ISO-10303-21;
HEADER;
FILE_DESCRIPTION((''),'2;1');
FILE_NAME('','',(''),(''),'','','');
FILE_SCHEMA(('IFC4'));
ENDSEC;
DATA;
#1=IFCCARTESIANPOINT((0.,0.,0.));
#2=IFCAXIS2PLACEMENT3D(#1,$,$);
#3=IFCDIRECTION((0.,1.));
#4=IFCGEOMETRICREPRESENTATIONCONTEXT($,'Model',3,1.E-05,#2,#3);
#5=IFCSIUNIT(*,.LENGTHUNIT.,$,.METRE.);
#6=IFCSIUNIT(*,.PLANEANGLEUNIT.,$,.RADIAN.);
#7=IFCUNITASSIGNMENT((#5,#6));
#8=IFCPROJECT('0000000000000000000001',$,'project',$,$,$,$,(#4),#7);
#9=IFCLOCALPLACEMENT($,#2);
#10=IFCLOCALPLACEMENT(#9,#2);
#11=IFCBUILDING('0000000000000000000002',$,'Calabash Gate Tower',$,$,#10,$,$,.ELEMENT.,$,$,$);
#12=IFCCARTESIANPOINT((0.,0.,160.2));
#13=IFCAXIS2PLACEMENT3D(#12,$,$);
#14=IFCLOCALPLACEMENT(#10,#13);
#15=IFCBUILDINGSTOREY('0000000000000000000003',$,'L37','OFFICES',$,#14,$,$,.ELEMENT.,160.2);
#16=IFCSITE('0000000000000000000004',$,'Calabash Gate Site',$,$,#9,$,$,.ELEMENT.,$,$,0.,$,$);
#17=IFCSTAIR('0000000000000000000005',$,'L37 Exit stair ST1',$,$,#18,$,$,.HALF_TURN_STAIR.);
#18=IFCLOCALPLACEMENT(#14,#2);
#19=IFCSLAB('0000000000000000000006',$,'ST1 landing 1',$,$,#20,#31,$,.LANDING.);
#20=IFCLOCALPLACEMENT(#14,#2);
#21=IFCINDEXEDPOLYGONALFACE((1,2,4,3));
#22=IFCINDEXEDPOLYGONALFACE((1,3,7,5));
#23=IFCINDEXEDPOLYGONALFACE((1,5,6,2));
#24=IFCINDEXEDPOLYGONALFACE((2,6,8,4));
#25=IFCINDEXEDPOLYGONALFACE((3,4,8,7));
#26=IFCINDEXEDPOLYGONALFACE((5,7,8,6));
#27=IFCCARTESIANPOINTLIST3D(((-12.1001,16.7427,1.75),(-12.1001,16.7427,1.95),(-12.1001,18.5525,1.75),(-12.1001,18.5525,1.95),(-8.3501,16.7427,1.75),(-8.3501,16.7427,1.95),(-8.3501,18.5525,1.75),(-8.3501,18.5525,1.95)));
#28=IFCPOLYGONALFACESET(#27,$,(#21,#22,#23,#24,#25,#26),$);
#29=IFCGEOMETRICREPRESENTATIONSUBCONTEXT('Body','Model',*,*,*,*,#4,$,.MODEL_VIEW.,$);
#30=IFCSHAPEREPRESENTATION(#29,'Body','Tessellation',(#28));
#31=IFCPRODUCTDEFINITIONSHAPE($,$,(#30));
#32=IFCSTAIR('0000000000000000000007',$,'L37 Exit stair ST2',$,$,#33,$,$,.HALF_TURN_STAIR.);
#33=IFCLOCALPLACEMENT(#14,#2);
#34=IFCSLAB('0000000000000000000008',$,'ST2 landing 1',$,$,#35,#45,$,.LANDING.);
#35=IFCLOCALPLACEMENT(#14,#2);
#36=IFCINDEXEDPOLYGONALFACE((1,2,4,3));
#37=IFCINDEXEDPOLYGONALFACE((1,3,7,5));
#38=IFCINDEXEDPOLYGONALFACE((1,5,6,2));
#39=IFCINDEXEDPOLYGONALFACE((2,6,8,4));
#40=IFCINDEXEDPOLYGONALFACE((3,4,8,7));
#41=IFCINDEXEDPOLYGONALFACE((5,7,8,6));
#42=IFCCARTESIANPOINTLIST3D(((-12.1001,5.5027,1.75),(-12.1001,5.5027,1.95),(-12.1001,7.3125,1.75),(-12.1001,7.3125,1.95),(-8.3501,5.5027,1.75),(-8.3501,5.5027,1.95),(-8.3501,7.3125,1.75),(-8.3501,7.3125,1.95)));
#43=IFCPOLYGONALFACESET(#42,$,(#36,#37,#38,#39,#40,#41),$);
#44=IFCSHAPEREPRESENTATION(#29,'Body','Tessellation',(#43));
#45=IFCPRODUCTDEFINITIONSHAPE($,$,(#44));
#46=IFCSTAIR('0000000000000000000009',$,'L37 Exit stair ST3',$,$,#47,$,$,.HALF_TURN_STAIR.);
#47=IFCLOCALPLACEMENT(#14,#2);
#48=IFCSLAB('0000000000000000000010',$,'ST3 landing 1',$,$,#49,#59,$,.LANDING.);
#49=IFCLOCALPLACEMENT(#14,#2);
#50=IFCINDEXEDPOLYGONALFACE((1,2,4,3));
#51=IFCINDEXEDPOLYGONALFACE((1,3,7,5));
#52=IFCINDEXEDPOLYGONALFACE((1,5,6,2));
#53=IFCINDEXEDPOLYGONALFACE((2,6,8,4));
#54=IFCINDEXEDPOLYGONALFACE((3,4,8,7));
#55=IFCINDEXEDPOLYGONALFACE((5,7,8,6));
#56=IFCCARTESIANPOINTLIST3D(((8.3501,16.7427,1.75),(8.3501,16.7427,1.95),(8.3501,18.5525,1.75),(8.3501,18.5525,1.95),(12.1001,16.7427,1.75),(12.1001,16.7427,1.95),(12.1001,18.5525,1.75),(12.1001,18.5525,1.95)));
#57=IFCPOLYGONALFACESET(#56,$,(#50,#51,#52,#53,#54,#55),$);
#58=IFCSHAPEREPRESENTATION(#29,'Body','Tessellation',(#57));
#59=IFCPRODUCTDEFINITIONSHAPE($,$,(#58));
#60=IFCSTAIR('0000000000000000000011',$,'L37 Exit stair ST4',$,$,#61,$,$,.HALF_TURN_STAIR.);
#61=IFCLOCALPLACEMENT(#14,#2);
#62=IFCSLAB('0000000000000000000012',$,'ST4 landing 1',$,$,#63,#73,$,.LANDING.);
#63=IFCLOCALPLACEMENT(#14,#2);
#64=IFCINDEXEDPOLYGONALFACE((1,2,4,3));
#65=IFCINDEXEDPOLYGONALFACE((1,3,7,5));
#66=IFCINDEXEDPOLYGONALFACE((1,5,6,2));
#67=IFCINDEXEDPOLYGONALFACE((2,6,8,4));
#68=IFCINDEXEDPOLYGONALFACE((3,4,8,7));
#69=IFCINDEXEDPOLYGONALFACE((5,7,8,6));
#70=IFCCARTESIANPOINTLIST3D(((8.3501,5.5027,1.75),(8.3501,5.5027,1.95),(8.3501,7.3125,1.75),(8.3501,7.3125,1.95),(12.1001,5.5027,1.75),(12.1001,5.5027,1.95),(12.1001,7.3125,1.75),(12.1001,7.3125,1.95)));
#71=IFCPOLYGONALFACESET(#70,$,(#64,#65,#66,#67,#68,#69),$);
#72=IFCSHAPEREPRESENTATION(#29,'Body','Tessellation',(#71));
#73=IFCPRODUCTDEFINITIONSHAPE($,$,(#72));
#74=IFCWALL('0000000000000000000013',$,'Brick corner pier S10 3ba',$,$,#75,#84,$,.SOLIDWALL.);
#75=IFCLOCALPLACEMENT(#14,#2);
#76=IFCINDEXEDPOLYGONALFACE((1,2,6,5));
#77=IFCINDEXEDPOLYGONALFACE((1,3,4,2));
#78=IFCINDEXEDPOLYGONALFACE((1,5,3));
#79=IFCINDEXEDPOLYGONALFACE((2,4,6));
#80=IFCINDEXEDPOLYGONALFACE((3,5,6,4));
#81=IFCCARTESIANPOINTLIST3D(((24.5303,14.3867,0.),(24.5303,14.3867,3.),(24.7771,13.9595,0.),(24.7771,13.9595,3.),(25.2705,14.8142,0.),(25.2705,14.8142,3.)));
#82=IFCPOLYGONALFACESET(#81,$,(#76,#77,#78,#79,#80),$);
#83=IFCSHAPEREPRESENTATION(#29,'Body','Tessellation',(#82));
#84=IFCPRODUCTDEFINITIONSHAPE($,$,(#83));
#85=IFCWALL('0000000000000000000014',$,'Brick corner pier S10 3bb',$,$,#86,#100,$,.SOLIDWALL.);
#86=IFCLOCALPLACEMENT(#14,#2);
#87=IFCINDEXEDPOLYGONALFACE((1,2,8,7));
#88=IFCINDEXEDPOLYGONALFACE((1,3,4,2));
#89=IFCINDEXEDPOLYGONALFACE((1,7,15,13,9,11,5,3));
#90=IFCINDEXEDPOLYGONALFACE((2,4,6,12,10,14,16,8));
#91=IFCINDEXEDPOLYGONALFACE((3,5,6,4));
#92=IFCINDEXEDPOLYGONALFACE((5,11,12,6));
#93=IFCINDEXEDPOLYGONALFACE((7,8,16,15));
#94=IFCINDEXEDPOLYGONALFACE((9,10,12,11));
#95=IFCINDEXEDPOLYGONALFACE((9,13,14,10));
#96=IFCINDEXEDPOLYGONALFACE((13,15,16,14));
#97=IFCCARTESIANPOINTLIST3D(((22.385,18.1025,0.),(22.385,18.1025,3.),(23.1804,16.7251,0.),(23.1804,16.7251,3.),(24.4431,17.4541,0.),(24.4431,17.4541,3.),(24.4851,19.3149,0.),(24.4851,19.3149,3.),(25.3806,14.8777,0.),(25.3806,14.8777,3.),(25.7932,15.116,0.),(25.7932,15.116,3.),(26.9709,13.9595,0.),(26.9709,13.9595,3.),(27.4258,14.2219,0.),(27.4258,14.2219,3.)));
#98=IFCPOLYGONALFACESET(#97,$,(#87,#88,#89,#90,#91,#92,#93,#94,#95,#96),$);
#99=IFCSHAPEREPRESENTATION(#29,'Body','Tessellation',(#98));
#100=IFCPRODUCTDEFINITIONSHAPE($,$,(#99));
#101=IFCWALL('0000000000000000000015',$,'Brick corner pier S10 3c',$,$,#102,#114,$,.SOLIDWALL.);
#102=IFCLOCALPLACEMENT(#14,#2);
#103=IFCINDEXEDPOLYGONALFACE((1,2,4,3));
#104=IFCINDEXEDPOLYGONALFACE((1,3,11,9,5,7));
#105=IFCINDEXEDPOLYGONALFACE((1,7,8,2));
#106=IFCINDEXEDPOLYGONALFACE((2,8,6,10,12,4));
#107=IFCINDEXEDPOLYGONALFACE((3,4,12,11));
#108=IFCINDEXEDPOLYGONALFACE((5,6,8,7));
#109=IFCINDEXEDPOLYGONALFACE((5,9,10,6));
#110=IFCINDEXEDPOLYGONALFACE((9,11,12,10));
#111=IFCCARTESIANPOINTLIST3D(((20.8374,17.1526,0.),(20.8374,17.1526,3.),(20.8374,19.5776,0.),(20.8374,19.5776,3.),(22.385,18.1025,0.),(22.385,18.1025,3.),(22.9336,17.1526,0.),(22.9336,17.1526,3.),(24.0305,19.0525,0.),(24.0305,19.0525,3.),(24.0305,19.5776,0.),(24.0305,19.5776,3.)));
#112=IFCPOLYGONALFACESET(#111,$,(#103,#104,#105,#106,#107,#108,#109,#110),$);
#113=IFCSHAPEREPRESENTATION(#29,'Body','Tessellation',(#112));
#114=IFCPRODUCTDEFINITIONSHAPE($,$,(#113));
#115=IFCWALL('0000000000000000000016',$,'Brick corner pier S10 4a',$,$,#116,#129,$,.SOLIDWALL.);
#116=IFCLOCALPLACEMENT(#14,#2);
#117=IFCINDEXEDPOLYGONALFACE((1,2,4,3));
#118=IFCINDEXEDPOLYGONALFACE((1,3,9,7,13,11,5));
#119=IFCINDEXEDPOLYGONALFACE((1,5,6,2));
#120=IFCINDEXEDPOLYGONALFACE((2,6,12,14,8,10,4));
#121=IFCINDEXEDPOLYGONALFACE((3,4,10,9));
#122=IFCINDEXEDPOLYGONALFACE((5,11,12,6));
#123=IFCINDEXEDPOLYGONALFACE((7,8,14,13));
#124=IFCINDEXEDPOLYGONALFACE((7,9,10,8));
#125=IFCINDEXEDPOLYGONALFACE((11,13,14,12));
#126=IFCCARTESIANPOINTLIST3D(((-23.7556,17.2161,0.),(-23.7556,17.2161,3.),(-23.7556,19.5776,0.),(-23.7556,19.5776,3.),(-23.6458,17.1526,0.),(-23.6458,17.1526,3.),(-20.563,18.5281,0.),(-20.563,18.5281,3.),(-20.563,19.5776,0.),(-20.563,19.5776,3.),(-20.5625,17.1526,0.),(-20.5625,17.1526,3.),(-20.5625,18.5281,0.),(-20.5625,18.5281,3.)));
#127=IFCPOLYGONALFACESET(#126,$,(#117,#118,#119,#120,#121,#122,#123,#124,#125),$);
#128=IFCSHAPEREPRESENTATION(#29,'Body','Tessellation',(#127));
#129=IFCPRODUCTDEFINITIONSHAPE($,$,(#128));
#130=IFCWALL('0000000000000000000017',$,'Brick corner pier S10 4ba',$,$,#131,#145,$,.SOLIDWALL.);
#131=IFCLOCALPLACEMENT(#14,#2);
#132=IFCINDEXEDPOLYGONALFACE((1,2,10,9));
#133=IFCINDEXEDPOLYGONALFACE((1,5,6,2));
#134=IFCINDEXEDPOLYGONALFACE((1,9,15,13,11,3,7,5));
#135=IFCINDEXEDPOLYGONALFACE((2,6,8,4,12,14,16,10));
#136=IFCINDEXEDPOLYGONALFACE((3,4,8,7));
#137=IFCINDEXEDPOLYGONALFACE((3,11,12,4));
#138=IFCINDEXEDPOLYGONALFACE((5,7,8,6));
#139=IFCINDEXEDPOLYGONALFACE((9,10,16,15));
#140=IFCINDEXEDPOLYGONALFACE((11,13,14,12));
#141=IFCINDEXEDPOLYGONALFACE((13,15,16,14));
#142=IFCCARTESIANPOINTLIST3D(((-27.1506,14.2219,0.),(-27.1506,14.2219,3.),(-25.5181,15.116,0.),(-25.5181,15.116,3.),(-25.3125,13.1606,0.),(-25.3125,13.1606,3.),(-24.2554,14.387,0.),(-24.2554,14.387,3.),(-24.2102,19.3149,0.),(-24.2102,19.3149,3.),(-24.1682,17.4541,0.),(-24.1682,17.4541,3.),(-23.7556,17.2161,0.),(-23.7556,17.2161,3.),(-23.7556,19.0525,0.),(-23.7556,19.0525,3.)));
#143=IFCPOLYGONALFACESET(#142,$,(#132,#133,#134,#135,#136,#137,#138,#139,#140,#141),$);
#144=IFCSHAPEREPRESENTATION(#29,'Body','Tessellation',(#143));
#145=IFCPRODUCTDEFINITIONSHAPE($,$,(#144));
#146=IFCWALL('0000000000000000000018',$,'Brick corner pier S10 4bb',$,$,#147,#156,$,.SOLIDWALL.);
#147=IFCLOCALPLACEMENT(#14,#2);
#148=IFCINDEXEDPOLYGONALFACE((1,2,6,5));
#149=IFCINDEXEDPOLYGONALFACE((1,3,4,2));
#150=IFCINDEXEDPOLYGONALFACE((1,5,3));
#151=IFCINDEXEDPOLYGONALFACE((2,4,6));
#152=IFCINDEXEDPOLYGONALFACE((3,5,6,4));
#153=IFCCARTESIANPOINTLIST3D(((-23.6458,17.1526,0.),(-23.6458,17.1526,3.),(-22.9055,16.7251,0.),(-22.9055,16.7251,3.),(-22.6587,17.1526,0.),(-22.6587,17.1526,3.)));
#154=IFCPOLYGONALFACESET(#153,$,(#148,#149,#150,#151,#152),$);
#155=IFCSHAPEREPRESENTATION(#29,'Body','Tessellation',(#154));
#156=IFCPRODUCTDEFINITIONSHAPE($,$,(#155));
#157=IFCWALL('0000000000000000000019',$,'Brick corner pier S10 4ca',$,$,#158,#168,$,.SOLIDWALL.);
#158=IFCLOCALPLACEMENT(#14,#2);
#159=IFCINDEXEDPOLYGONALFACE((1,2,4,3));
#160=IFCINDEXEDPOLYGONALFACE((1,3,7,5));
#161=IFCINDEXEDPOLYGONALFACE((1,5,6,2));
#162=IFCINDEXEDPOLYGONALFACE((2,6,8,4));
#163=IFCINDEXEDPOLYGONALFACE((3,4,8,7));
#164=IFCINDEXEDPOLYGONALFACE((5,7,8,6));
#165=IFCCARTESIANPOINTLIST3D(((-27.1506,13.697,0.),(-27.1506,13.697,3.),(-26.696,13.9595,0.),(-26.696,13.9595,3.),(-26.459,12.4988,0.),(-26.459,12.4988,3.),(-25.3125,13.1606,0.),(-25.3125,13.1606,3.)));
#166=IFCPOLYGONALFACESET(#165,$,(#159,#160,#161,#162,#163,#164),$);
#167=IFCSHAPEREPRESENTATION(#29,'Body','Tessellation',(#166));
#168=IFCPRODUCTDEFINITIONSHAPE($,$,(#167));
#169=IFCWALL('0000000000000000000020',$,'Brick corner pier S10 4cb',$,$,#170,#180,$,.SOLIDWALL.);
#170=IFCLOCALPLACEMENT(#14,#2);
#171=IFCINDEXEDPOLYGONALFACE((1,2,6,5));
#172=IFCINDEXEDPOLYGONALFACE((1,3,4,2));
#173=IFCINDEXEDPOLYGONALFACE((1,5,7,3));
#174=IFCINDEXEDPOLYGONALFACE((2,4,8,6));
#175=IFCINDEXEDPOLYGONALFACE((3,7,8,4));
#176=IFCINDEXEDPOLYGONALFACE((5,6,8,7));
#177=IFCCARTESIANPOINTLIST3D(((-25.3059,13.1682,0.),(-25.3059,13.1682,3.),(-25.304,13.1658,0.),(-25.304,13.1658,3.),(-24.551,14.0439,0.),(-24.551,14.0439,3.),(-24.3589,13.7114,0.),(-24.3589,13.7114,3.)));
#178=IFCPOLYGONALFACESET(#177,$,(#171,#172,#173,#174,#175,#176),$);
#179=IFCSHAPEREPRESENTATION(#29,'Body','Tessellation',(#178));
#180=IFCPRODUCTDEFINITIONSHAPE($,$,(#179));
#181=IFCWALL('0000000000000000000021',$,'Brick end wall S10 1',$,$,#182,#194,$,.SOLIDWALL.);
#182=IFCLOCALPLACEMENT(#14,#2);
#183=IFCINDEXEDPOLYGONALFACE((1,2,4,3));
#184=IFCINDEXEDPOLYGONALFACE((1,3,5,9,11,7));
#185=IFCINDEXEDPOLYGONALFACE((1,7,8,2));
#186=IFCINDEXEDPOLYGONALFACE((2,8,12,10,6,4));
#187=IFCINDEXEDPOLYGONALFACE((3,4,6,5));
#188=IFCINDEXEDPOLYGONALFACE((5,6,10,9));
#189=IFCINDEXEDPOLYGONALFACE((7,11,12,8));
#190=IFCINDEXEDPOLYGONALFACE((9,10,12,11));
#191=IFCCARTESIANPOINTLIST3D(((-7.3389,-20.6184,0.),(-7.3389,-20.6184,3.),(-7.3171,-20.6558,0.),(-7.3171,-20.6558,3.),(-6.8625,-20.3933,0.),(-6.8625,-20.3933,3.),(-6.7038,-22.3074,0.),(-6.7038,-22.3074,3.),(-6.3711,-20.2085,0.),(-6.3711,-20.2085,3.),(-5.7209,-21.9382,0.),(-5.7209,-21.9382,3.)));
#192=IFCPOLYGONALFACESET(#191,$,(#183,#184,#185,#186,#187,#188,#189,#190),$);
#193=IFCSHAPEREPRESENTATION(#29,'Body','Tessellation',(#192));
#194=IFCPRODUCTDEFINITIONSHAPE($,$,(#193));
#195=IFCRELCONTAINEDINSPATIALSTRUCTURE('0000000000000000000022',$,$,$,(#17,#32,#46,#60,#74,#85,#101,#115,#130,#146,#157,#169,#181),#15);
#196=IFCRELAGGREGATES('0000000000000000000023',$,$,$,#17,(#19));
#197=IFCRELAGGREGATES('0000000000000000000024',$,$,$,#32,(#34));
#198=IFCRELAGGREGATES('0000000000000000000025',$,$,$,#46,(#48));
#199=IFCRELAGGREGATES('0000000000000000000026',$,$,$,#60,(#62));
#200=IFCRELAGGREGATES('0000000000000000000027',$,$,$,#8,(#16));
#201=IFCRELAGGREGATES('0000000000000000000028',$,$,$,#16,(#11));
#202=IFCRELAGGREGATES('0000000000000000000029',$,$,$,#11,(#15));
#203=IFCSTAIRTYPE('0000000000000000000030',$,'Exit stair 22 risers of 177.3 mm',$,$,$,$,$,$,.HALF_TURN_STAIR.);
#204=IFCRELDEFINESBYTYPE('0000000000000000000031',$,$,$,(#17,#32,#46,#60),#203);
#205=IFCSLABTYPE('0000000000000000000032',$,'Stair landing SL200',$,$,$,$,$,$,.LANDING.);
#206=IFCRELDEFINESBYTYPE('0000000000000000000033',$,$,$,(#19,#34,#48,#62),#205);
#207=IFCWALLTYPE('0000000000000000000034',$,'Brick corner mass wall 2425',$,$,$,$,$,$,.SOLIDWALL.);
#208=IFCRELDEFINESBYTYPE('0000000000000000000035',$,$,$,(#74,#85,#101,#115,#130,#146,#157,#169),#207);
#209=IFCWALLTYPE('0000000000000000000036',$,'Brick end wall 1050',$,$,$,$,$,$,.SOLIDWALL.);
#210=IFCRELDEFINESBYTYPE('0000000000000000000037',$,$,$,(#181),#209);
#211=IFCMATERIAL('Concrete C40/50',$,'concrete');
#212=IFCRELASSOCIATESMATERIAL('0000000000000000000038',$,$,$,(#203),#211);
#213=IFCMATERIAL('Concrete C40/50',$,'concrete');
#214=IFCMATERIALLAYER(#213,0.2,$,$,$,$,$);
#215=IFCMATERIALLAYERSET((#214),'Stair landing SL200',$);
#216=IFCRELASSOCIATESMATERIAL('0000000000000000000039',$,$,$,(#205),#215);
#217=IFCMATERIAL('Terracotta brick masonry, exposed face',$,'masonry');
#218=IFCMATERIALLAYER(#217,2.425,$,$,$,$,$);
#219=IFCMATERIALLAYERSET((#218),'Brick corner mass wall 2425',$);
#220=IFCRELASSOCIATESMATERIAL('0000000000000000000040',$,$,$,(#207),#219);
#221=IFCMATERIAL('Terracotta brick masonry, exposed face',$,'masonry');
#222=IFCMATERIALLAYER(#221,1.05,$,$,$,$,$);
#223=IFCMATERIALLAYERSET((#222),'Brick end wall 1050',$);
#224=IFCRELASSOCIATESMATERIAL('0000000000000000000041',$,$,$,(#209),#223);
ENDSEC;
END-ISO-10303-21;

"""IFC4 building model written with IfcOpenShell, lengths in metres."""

from ifc_helpers import new_model, si_unit, direction, frame, origin, place, context, subcontext, project, spatial, polyline, outline, extrude, material, layer, layer_set, type_object, element, aggregate, save


model = new_model("IFC4")

# Units and contexts
model_context = context("Model", 3, precision=1e-05, world=origin(), true_north=direction((0.0, 1.0)))
body_context = subcontext(model_context, "Body", "Model", "MODEL_VIEW")
ifc_project = project(units=[si_unit("LENGTHUNIT", "METRE"), si_unit("PLANEANGLEUNIT", "RADIAN")], contexts=[model_context])

# Site, building, storey
site_placement = place(None, origin())
site = spatial("IfcSite", under=ifc_project, at=site_placement, Name="Calabash Gate Site", CompositionType="ELEMENT", RefElevation=0.0)
building_placement = place(site_placement, origin())
building = spatial("IfcBuilding", under=site, at=building_placement, Name="Calabash Gate Tower", CompositionType="ELEMENT")
storey_placement = place(building_placement, frame((0.0, 0.0, 160.2)))
storey = spatial("IfcBuildingStorey", under=building, at=storey_placement, Name="L37", Description="OFFICES", CompositionType="ELEMENT", Elevation=160.2)

# Stairs, slabs
ifc_material_1 = material(Name="Concrete C40/50", Category="concrete")
stair_type = type_object("IfcStairType", Name="Exit stair 22 risers of 177.3 mm", PredefinedType="HALF_TURN_STAIR", material=ifc_material_1)
stair_1_placement = place(storey_placement, origin())
stair_1 = element("IfcStair", 1, at=stair_1_placement, inside=storey, type_object=stair_type, Name="L37 Exit stair ST1", PredefinedType="HALF_TURN_STAIR")
ifc_material_2 = material(Name="Concrete C40/50", Category="concrete")
ifc_layer_1 = layer(ifc_material_2, 0.2)
ifc_layer_set_1 = layer_set([ifc_layer_1], Name="Stair landing SL200")
slab_type = type_object("IfcSlabType", Name="Stair landing SL200", PredefinedType="LANDING", material=ifc_layer_set_1)
slab_1_placement = place(storey_placement, frame((0.0, 0.0, 1.75)))
slab_1 = element("IfcSlab", 2, at=slab_1_placement, type_object=slab_type, Name="ST1 landing 1", PredefinedType="LANDING", context=body_context, shape_type="SweptSolid", body=[
    extrude(outline(polyline([(-8.3501, 16.7427), (-8.3501, 18.5525), (-12.1001, 18.5525), (-12.1001, 16.7427), (-8.3501, 16.7427)])), origin(), (0.0, 0.0, 1.0), 0.2),
])
aggregate(stair_1, [slab_1])
stair_2_placement = place(storey_placement, origin())
stair_2 = element("IfcStair", 3, at=stair_2_placement, inside=storey, type_object=stair_type, Name="L37 Exit stair ST2", PredefinedType="HALF_TURN_STAIR")
slab_2_placement = place(storey_placement, frame((0.0, 0.0, 1.75)))
slab_2 = element("IfcSlab", 4, at=slab_2_placement, type_object=slab_type, Name="ST2 landing 1", PredefinedType="LANDING", context=body_context, shape_type="SweptSolid", body=[
    extrude(outline(polyline([(-12.1001, 7.3125), (-12.1001, 5.5027), (-8.3501, 5.5027), (-8.3501, 7.3125), (-12.1001, 7.3125)])), origin(), (0.0, 0.0, 1.0), 0.2),
])
aggregate(stair_2, [slab_2])
stair_3_placement = place(storey_placement, origin())
stair_3 = element("IfcStair", 5, at=stair_3_placement, inside=storey, type_object=stair_type, Name="L37 Exit stair ST3", PredefinedType="HALF_TURN_STAIR")
slab_3_placement = place(storey_placement, frame((0.0, 0.0, 1.75)))
slab_3 = element("IfcSlab", 6, at=slab_3_placement, type_object=slab_type, Name="ST3 landing 1", PredefinedType="LANDING", context=body_context, shape_type="SweptSolid", body=[
    extrude(outline(polyline([(12.1001, 16.7427), (12.1001, 18.5525), (8.3501, 18.5525), (8.3501, 16.7427), (12.1001, 16.7427)])), origin(), (0.0, 0.0, 1.0), 0.2),
])
aggregate(stair_3, [slab_3])
stair_4_placement = place(storey_placement, origin())
stair_4 = element("IfcStair", 7, at=stair_4_placement, inside=storey, type_object=stair_type, Name="L37 Exit stair ST4", PredefinedType="HALF_TURN_STAIR")
slab_4_placement = place(storey_placement, frame((0.0, 0.0, 1.75)))
slab_4 = element("IfcSlab", 8, at=slab_4_placement, type_object=slab_type, Name="ST4 landing 1", PredefinedType="LANDING", context=body_context, shape_type="SweptSolid", body=[
    extrude(outline(polyline([(8.3501, 7.3125), (8.3501, 5.5027), (12.1001, 5.5027), (12.1001, 7.3125), (8.3501, 7.3125)])), origin(), (0.0, 0.0, 1.0), 0.2),
])
aggregate(stair_4, [slab_4])

# Walls
ifc_material_3 = material(Name="Terracotta brick masonry, exposed face", Category="masonry")
ifc_layer_2 = layer(ifc_material_3, 2.425)
ifc_layer_set_2 = layer_set([ifc_layer_2], Name="Brick corner mass wall 2425")
wall_type_1 = type_object("IfcWallType", Name="Brick corner mass wall 2425", PredefinedType="SOLIDWALL", material=ifc_layer_set_2)
wall_1_placement = place(storey_placement, origin())
element("IfcWall", 9, at=wall_1_placement, inside=storey, type_object=wall_type_1, Name="Brick corner pier S10 3ba", PredefinedType="SOLIDWALL", context=body_context, shape_type="SweptSolid", body=[
    extrude(outline(polyline([(24.5303, 14.3867), (24.7771, 13.9595), (25.2705, 14.8142), (24.5303, 14.3867)])), origin(), (0.0, 0.0, 1.0), 3.0),
])
wall_2_placement = place(storey_placement, origin())
element("IfcWall", 10, at=wall_2_placement, inside=storey, type_object=wall_type_1, Name="Brick corner pier S10 3bb", PredefinedType="SOLIDWALL", context=body_context, shape_type="SweptSolid", body=[
    extrude(outline(polyline([(23.1804, 16.7251), (24.4431, 17.4541), (25.7932, 15.116), (25.3806, 14.8777), (26.9709, 13.9595), (27.4258, 14.2219), (24.4851, 19.3149), (22.385, 18.1025), (23.1804, 16.7251)])), origin(), (0.0, 0.0, 1.0), 3.0),
])
wall_3_placement = place(storey_placement, origin())
element("IfcWall", 11, at=wall_3_placement, inside=storey, type_object=wall_type_1, Name="Brick corner pier S10 3c", PredefinedType="SOLIDWALL", context=body_context, shape_type="SweptSolid", body=[
    extrude(outline(polyline([(20.8374, 19.5776), (20.8374, 17.1526), (22.9336, 17.1526), (22.385, 18.1025), (24.0305, 19.0525), (24.0305, 19.5776), (20.8374, 19.5776)])), origin(), (0.0, 0.0, 1.0), 3.0),
])
wall_4_placement = place(storey_placement, origin())
element("IfcWall", 12, at=wall_4_placement, inside=storey, type_object=wall_type_1, Name="Brick corner pier S10 4a", PredefinedType="SOLIDWALL", context=body_context, shape_type="SweptSolid", body=[
    extrude(outline(polyline([(-23.6458, 17.1526), (-20.5625, 17.1526), (-20.5625, 18.5281), (-20.563, 18.5281), (-20.563, 19.5776), (-23.7556, 19.5776), (-23.7556, 17.2161), (-23.6458, 17.1526)])), origin(), (0.0, 0.0, 1.0), 3.0),
])
wall_5_placement = place(storey_placement, origin())
element("IfcWall", 13, at=wall_5_placement, inside=storey, type_object=wall_type_1, Name="Brick corner pier S10 4ba", PredefinedType="SOLIDWALL", context=body_context, shape_type="SweptSolid", body=[
    extrude(outline(polyline([(-24.2554, 14.387), (-25.5181, 15.116), (-24.1682, 17.4541), (-23.7556, 17.2161), (-23.7556, 19.0525), (-24.2102, 19.3149), (-27.1506, 14.2219), (-25.3125, 13.1606), (-24.2554, 14.387)])), origin(), (0.0, 0.0, 1.0), 3.0),
])
wall_6_placement = place(storey_placement, origin())
element("IfcWall", 14, at=wall_6_placement, inside=storey, type_object=wall_type_1, Name="Brick corner pier S10 4bb", PredefinedType="SOLIDWALL", context=body_context, shape_type="SweptSolid", body=[
    extrude(outline(polyline([(-22.6587, 17.1526), (-23.6458, 17.1526), (-22.9055, 16.7251), (-22.6587, 17.1526)])), origin(), (0.0, 0.0, 1.0), 3.0),
])
wall_7_placement = place(storey_placement, origin())
element("IfcWall", 15, at=wall_7_placement, inside=storey, type_object=wall_type_1, Name="Brick corner pier S10 4ca", PredefinedType="SOLIDWALL", context=body_context, shape_type="SweptSolid", body=[
    extrude(outline(polyline([(-26.696, 13.9595), (-27.1506, 13.697), (-26.459, 12.4988), (-25.3125, 13.1606), (-26.696, 13.9595)])), origin(), (0.0, 0.0, 1.0), 3.0),
])
wall_8_placement = place(storey_placement, origin())
element("IfcWall", 16, at=wall_8_placement, inside=storey, type_object=wall_type_1, Name="Brick corner pier S10 4cb", PredefinedType="SOLIDWALL", context=body_context, shape_type="SweptSolid", body=[
    extrude(outline(polyline([(-24.551, 14.0439), (-25.3059, 13.1682), (-25.304, 13.1658), (-24.3589, 13.7114), (-24.551, 14.0439)])), origin(), (0.0, 0.0, 1.0), 3.0),
])
ifc_material_4 = material(Name="Terracotta brick masonry, exposed face", Category="masonry")
ifc_layer_3 = layer(ifc_material_4, 1.05)
ifc_layer_set_3 = layer_set([ifc_layer_3], Name="Brick end wall 1050")
wall_type_2 = type_object("IfcWallType", Name="Brick end wall 1050", PredefinedType="SOLIDWALL", material=ifc_layer_set_3)
wall_9_placement = place(storey_placement, origin())
element("IfcWall", 17, at=wall_9_placement, inside=storey, type_object=wall_type_2, Name="Brick end wall S10 1", PredefinedType="SOLIDWALL", context=body_context, shape_type="SweptSolid", body=[
    extrude(outline(polyline([(-5.7209, -21.9382), (-6.3711, -20.2085), (-6.8625, -20.3933), (-7.3171, -20.6558), (-7.3389, -20.6184), (-6.7036, -22.3079), (-6.7036, -22.3079), (-6.7039, -22.3074), (-5.7209, -21.9382)])), origin(), (0.0, 0.0, 1.0), 3.0),
])

save(model, "model.ifc")
